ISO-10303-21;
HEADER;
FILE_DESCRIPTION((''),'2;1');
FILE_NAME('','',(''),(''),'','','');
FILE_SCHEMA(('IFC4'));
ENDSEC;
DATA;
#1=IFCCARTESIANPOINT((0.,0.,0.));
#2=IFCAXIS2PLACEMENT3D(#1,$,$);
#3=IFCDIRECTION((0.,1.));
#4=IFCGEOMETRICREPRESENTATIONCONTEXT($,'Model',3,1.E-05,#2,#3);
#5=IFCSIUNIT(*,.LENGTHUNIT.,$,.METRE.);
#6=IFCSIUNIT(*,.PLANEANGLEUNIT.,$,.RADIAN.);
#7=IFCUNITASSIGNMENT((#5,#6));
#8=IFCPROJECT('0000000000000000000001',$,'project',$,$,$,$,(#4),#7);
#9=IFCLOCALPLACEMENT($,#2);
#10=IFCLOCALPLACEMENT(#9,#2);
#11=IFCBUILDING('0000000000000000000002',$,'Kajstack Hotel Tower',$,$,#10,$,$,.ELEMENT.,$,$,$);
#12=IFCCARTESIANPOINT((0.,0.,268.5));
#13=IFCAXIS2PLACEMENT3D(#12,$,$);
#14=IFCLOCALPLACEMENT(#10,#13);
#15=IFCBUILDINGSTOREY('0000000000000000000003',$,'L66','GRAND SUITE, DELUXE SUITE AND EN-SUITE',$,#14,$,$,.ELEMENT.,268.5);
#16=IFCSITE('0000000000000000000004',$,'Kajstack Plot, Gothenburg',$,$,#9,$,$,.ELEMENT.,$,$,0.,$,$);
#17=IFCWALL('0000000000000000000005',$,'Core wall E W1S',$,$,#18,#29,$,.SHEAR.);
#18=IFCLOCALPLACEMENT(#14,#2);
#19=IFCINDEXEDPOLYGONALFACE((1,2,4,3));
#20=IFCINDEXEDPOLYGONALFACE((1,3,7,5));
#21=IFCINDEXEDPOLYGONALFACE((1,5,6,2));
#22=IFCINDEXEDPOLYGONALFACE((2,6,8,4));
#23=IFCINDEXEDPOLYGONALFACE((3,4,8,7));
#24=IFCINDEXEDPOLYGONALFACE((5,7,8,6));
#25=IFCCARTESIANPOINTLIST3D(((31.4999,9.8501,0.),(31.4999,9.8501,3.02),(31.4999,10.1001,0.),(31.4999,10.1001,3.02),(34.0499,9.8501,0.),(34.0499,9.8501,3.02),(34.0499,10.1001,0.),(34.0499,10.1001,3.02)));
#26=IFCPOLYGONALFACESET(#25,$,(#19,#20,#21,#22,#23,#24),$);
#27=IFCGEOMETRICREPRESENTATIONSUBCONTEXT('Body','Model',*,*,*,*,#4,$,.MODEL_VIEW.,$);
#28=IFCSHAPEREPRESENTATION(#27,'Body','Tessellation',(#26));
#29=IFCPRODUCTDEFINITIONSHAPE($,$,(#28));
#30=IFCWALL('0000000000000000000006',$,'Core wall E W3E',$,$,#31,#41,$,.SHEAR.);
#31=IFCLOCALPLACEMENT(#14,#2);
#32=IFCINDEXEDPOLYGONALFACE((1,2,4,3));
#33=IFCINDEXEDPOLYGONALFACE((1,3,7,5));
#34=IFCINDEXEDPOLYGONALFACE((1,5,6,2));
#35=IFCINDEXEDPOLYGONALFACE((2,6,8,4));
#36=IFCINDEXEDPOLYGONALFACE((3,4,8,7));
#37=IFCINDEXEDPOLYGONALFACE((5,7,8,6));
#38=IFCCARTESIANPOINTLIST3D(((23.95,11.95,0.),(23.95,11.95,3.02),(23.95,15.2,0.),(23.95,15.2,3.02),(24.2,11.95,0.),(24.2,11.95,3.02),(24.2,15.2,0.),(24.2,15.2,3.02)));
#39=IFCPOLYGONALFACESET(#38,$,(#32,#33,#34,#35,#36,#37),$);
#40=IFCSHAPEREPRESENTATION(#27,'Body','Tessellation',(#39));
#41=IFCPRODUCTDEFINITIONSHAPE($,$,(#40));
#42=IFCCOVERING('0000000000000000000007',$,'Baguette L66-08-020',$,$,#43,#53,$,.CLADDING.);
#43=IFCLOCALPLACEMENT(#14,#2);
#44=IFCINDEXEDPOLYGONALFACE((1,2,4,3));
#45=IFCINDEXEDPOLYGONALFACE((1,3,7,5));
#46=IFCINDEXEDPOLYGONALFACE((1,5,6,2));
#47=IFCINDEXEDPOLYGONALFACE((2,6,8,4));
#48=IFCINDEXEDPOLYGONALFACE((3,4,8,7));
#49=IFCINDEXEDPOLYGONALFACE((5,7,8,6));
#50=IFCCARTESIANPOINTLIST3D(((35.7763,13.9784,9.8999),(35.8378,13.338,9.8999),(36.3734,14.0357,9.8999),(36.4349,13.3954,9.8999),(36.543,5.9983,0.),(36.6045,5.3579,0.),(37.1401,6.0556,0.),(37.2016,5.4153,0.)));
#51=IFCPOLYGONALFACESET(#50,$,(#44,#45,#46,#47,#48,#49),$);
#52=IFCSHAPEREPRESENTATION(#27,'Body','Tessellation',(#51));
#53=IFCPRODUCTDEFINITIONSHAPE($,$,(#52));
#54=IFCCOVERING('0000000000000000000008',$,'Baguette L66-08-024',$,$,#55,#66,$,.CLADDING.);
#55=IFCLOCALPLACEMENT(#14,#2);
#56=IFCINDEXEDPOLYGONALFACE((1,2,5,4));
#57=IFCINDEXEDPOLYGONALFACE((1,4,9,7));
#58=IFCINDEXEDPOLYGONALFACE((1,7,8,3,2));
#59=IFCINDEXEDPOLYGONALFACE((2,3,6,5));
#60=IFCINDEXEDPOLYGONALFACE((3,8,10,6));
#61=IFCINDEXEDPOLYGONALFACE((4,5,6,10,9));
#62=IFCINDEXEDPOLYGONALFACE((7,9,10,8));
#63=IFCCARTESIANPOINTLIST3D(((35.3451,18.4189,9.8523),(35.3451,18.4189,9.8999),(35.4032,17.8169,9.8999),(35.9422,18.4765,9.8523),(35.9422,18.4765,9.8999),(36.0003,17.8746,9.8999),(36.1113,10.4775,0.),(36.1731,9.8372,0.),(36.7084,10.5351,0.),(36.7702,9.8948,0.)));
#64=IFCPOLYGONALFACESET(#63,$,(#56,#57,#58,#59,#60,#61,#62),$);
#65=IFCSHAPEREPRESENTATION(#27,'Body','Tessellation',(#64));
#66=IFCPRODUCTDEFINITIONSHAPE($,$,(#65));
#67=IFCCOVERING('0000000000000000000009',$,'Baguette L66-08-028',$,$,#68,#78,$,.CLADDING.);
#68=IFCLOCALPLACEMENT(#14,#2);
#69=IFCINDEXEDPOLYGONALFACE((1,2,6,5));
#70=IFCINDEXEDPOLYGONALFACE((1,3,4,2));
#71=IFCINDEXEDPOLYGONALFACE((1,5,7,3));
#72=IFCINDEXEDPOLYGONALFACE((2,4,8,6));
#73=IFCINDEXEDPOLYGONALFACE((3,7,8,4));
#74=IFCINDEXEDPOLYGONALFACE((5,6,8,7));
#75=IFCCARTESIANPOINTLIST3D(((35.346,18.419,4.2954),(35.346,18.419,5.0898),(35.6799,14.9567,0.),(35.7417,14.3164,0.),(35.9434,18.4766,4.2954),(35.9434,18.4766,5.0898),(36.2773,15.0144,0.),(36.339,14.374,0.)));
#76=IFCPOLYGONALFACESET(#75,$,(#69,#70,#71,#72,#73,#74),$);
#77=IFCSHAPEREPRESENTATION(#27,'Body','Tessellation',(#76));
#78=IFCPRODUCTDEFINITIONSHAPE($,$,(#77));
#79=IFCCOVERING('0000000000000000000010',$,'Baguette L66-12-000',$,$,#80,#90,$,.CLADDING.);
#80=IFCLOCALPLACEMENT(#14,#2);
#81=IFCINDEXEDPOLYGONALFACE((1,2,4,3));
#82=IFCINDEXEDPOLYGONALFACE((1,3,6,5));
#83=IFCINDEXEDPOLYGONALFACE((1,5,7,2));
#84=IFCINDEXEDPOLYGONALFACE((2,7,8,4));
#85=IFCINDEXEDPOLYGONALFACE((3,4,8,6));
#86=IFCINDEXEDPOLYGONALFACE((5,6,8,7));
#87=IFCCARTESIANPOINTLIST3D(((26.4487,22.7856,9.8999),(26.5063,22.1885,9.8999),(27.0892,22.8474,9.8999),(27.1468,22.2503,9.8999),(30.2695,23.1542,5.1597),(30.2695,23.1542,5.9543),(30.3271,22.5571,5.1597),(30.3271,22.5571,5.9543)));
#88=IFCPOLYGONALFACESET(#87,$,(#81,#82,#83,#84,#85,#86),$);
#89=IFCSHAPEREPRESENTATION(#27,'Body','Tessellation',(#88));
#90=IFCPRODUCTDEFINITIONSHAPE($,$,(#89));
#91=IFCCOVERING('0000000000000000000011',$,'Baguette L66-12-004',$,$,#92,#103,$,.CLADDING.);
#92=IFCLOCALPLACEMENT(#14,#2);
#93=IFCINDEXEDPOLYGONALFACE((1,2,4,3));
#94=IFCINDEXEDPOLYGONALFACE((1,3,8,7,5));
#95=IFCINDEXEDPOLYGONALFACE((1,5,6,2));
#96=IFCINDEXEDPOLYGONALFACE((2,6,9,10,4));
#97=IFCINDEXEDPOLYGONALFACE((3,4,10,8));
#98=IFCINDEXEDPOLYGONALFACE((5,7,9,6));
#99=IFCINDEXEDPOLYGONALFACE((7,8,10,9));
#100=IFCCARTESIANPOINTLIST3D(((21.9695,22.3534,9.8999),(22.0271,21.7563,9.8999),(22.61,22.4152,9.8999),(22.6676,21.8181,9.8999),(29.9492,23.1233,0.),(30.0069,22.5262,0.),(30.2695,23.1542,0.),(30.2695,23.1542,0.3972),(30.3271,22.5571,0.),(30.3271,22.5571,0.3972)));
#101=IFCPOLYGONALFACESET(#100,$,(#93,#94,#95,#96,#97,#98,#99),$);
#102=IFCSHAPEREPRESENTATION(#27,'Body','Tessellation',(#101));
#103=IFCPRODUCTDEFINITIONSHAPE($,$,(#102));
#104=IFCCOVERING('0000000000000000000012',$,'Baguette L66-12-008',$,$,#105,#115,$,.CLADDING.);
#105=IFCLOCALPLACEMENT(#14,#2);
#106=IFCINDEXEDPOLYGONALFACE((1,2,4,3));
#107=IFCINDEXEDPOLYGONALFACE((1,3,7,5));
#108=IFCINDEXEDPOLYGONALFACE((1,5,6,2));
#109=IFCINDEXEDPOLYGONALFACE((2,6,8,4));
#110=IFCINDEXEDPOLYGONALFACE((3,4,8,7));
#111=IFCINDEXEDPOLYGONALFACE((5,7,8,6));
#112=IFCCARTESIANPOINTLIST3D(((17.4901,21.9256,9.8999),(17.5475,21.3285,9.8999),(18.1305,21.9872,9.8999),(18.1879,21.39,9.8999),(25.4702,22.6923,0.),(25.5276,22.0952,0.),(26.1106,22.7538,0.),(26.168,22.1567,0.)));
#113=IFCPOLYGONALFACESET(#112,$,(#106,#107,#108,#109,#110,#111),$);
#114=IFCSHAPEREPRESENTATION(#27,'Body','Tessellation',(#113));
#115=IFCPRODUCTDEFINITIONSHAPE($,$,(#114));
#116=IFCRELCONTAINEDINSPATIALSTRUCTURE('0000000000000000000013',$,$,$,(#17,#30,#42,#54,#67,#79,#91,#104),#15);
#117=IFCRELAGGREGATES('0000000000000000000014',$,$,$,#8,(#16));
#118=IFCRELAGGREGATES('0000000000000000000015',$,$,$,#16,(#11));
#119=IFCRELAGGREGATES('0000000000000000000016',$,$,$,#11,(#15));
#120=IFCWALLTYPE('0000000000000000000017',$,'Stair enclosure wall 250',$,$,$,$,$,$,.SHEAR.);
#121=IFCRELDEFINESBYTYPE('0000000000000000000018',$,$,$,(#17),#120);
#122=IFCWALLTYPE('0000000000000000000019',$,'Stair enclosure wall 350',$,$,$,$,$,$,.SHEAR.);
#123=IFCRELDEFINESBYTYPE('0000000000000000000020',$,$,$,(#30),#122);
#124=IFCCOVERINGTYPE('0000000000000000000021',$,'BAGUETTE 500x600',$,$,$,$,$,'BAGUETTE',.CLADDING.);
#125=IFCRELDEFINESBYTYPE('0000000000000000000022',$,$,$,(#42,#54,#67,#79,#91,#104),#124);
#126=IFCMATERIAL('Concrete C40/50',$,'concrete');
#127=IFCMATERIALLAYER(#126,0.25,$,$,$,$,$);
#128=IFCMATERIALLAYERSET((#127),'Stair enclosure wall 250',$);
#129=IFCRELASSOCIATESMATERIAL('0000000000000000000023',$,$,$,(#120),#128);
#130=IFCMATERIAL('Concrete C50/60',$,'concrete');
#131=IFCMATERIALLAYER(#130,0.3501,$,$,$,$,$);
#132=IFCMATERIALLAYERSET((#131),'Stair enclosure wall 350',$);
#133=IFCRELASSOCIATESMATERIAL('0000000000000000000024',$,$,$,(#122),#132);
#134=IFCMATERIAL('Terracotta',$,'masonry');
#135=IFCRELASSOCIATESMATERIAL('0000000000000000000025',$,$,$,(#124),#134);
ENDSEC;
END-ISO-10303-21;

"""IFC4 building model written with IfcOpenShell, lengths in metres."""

from ifc_helpers import new_model, si_unit, direction, frame, frame_2d, origin, origin_2d, place, context, subcontext, project, spatial, polyline, rectangle, outline, extrude, material, layer, layer_set, material_profile, profile_set, type_object, element, save


model = new_model("IFC4")

# Units and contexts
model_context = context("Model", 3, precision=1e-05, world=origin(), true_north=direction((0.0, 1.0)))
body_context = subcontext(model_context, "Body", "Model", "MODEL_VIEW")
ifc_project = project(units=[si_unit("LENGTHUNIT", "METRE"), si_unit("PLANEANGLEUNIT", "RADIAN")], contexts=[model_context])

# Site, building, storey
site_placement = place(None, origin())
site = spatial("IfcSite", under=ifc_project, at=site_placement, Name="Kajstack Plot, Gothenburg", CompositionType="ELEMENT", RefElevation=0.0)
building_placement = place(site_placement, origin())
building = spatial("IfcBuilding", under=site, at=building_placement, Name="Kajstack Hotel Tower", CompositionType="ELEMENT")
storey_placement = place(building_placement, frame((0.0, 0.0, 268.5)))
storey = spatial("IfcBuildingStorey", under=building, at=storey_placement, Name="L66", Description="GRAND SUITE, DELUXE SUITE AND EN-SUITE", CompositionType="ELEMENT", Elevation=268.5)

# Shared definitions
ifc_material_1 = material(Name="Concrete C40/50", Category="concrete")
ifc_material_2 = material(Name="Concrete C50/60", Category="concrete")

# Shared definitions
ifc_layer_1 = layer(ifc_material_1, 0.25)
ifc_layer_set_1 = layer_set([ifc_layer_1], Name="Stair enclosure wall 250")
wall_type_1 = type_object("IfcWallType", Name="Stair enclosure wall 250", PredefinedType="SHEAR", material=ifc_layer_set_1)

# Walls
wall_1_placement = place(storey_placement, frame((31.5, 9.9751, 0.0), z_axis=(0.0, 0.0, 1.0), x_axis=(1.0, 0.0, 0.0)))
element("IfcWall", 1, at=wall_1_placement, inside=storey, type_object=wall_type_1, Name="Core wall E W1S", PredefinedType="SHEAR", context=body_context, shape_type="SweptSolid", body=[
    extrude(rectangle(XDim=2.55, YDim=0.25, at=frame_2d((1.2749, 0.0))), origin(), (0.0, 0.0, 1.0), 3.02),
])
ifc_layer_2 = layer(ifc_material_2, 0.3501)
ifc_layer_set_2 = layer_set([ifc_layer_2], Name="Stair enclosure wall 350")
wall_type_2 = type_object("IfcWallType", Name="Stair enclosure wall 350", PredefinedType="SHEAR", material=ifc_layer_set_2)
wall_2_placement = place(storey_placement, frame((24.075, 11.95, 0.0), z_axis=(0.0, 0.0, 1.0), x_axis=(0.0, 1.0, 0.0)))
element("IfcWall", 2, at=wall_2_placement, inside=storey, type_object=wall_type_2, Name="Core wall E W3E", PredefinedType="SHEAR", context=body_context, shape_type="SweptSolid", body=[
    extrude(rectangle(XDim=3.25, YDim=0.25, at=frame_2d((1.625, 0.0))), origin(), (0.0, 0.0, 1.0), 3.02),
])

# Coverings
ifc_material_3 = material(Name="Terracotta", Category="masonry")
ifc_material_profile = material_profile(ifc_material_3, rectangle(XDim=0.6001, YDim=0.5, at=origin_2d()), Name="Terracotta-clad concrete baguette 500 x 600")
ifc_profile_set = profile_set([ifc_material_profile], Name="Terracotta")
covering_type = type_object("IfcCoveringType", Name="BAGUETTE 500x600", ElementType="BAGUETTE", PredefinedType="CLADDING", material=ifc_profile_set)
covering_1_placement = place(storey_placement, frame((36.6045, 5.3579, 0.0), z_axis=(0.995416, 0.095635, 0.0), x_axis=(-0.095635, 0.995416, 0.0)))
element("IfcCovering", 3, at=covering_1_placement, inside=storey, type_object=covering_type, Name="Baguette L66-08-020", PredefinedType="CLADDING", context=body_context, shape_type="SweptSolid", body=[
    extrude(outline(polyline([(8.0168, 9.8999), (0.0, 0.0), (0.6433, 0.0), (8.6602, 9.8999), (8.0168, 9.8999)])), origin(), (0.0, 0.0, 1.0), 0.5999),
])
covering_2_placement = place(storey_placement, frame((36.1731, 9.8372, 0.0), z_axis=(0.995378, 0.096038, 0.0), x_axis=(-0.096038, 0.995378, 0.0)))
element("IfcCovering", 4, at=covering_2_placement, inside=storey, type_object=covering_type, Name="Baguette L66-08-024", PredefinedType="CLADDING", context=body_context, shape_type="SweptSolid", body=[
    extrude(outline(polyline([(0.6433, 0.0), (8.6216, 9.8523), (8.6216, 9.8999), (8.0168, 9.8999), (0.0, 0.0), (0.6433, 0.0)])), origin(), (0.0, 0.0, 1.0), 0.5999),
])
covering_3_placement = place(storey_placement, frame((35.7417, 14.3164, 0.0), z_axis=(0.995381, 0.095999, 0.0), x_axis=(-0.095999, 0.995381, 0.0)))
element("IfcCovering", 5, at=covering_3_placement, inside=storey, type_object=covering_type, Name="Baguette L66-08-028", PredefinedType="CLADDING", context=body_context, shape_type="SweptSolid", body=[
    extrude(outline(polyline([(0.6433, 0.0), (4.1216, 4.2954), (4.1216, 5.0898), (0.0, 0.0), (0.6433, 0.0)])), origin(), (0.0, 0.0, 1.0), 0.6001),
])
covering_4_placement = place(storey_placement, frame((30.3271, 22.5571, 0.0), z_axis=(-0.096038, 0.995378, 0.0), x_axis=(-0.995378, -0.096038, 0.0)))
element("IfcCovering", 6, at=covering_4_placement, inside=storey, type_object=covering_type, Name="Baguette L66-12-000", PredefinedType="CLADDING", context=body_context, shape_type="SweptSolid", body=[
    extrude(outline(polyline([(3.1951, 9.8999), (0.0, 5.9543), (0.0, 5.1597), (3.8386, 9.8999), (3.1951, 9.8999)])), origin(), (0.0, 0.0, 1.0), 0.5999),
])
covering_5_placement = place(storey_placement, frame((30.3271, 22.5571, 0.0), z_axis=(-0.096038, 0.995378, 0.0), x_axis=(-0.995378, -0.096038, 0.0)))
element("IfcCovering", 7, at=covering_5_placement, inside=storey, type_object=covering_type, Name="Baguette L66-12-004", PredefinedType="CLADDING", context=body_context, shape_type="SweptSolid", body=[
    extrude(outline(polyline([(7.6951, 9.8999), (0.0, 0.3972), (0.0, 0.0), (0.3218, 0.0), (8.3386, 9.8999), (7.6951, 9.8999)])), origin(), (0.0, 0.0, 1.0), 0.5999),
])
covering_6_placement = place(storey_placement, frame((26.168, 22.1567, 0.0), z_axis=(-0.095635, 0.995416, 0.0), x_axis=(-0.995416, -0.095635, 0.0)))
element("IfcCovering", 8, at=covering_6_placement, inside=storey, type_object=covering_type, Name="Baguette L66-12-008", PredefinedType="CLADDING", context=body_context, shape_type="SweptSolid", body=[
    extrude(outline(polyline([(8.0168, 9.8999), (0.0, 0.0), (0.6433, 0.0), (8.6602, 9.8999), (8.0168, 9.8999)])), origin(), (0.0, 0.0, 1.0), 0.5999),
])

save(model, "model.ifc")
